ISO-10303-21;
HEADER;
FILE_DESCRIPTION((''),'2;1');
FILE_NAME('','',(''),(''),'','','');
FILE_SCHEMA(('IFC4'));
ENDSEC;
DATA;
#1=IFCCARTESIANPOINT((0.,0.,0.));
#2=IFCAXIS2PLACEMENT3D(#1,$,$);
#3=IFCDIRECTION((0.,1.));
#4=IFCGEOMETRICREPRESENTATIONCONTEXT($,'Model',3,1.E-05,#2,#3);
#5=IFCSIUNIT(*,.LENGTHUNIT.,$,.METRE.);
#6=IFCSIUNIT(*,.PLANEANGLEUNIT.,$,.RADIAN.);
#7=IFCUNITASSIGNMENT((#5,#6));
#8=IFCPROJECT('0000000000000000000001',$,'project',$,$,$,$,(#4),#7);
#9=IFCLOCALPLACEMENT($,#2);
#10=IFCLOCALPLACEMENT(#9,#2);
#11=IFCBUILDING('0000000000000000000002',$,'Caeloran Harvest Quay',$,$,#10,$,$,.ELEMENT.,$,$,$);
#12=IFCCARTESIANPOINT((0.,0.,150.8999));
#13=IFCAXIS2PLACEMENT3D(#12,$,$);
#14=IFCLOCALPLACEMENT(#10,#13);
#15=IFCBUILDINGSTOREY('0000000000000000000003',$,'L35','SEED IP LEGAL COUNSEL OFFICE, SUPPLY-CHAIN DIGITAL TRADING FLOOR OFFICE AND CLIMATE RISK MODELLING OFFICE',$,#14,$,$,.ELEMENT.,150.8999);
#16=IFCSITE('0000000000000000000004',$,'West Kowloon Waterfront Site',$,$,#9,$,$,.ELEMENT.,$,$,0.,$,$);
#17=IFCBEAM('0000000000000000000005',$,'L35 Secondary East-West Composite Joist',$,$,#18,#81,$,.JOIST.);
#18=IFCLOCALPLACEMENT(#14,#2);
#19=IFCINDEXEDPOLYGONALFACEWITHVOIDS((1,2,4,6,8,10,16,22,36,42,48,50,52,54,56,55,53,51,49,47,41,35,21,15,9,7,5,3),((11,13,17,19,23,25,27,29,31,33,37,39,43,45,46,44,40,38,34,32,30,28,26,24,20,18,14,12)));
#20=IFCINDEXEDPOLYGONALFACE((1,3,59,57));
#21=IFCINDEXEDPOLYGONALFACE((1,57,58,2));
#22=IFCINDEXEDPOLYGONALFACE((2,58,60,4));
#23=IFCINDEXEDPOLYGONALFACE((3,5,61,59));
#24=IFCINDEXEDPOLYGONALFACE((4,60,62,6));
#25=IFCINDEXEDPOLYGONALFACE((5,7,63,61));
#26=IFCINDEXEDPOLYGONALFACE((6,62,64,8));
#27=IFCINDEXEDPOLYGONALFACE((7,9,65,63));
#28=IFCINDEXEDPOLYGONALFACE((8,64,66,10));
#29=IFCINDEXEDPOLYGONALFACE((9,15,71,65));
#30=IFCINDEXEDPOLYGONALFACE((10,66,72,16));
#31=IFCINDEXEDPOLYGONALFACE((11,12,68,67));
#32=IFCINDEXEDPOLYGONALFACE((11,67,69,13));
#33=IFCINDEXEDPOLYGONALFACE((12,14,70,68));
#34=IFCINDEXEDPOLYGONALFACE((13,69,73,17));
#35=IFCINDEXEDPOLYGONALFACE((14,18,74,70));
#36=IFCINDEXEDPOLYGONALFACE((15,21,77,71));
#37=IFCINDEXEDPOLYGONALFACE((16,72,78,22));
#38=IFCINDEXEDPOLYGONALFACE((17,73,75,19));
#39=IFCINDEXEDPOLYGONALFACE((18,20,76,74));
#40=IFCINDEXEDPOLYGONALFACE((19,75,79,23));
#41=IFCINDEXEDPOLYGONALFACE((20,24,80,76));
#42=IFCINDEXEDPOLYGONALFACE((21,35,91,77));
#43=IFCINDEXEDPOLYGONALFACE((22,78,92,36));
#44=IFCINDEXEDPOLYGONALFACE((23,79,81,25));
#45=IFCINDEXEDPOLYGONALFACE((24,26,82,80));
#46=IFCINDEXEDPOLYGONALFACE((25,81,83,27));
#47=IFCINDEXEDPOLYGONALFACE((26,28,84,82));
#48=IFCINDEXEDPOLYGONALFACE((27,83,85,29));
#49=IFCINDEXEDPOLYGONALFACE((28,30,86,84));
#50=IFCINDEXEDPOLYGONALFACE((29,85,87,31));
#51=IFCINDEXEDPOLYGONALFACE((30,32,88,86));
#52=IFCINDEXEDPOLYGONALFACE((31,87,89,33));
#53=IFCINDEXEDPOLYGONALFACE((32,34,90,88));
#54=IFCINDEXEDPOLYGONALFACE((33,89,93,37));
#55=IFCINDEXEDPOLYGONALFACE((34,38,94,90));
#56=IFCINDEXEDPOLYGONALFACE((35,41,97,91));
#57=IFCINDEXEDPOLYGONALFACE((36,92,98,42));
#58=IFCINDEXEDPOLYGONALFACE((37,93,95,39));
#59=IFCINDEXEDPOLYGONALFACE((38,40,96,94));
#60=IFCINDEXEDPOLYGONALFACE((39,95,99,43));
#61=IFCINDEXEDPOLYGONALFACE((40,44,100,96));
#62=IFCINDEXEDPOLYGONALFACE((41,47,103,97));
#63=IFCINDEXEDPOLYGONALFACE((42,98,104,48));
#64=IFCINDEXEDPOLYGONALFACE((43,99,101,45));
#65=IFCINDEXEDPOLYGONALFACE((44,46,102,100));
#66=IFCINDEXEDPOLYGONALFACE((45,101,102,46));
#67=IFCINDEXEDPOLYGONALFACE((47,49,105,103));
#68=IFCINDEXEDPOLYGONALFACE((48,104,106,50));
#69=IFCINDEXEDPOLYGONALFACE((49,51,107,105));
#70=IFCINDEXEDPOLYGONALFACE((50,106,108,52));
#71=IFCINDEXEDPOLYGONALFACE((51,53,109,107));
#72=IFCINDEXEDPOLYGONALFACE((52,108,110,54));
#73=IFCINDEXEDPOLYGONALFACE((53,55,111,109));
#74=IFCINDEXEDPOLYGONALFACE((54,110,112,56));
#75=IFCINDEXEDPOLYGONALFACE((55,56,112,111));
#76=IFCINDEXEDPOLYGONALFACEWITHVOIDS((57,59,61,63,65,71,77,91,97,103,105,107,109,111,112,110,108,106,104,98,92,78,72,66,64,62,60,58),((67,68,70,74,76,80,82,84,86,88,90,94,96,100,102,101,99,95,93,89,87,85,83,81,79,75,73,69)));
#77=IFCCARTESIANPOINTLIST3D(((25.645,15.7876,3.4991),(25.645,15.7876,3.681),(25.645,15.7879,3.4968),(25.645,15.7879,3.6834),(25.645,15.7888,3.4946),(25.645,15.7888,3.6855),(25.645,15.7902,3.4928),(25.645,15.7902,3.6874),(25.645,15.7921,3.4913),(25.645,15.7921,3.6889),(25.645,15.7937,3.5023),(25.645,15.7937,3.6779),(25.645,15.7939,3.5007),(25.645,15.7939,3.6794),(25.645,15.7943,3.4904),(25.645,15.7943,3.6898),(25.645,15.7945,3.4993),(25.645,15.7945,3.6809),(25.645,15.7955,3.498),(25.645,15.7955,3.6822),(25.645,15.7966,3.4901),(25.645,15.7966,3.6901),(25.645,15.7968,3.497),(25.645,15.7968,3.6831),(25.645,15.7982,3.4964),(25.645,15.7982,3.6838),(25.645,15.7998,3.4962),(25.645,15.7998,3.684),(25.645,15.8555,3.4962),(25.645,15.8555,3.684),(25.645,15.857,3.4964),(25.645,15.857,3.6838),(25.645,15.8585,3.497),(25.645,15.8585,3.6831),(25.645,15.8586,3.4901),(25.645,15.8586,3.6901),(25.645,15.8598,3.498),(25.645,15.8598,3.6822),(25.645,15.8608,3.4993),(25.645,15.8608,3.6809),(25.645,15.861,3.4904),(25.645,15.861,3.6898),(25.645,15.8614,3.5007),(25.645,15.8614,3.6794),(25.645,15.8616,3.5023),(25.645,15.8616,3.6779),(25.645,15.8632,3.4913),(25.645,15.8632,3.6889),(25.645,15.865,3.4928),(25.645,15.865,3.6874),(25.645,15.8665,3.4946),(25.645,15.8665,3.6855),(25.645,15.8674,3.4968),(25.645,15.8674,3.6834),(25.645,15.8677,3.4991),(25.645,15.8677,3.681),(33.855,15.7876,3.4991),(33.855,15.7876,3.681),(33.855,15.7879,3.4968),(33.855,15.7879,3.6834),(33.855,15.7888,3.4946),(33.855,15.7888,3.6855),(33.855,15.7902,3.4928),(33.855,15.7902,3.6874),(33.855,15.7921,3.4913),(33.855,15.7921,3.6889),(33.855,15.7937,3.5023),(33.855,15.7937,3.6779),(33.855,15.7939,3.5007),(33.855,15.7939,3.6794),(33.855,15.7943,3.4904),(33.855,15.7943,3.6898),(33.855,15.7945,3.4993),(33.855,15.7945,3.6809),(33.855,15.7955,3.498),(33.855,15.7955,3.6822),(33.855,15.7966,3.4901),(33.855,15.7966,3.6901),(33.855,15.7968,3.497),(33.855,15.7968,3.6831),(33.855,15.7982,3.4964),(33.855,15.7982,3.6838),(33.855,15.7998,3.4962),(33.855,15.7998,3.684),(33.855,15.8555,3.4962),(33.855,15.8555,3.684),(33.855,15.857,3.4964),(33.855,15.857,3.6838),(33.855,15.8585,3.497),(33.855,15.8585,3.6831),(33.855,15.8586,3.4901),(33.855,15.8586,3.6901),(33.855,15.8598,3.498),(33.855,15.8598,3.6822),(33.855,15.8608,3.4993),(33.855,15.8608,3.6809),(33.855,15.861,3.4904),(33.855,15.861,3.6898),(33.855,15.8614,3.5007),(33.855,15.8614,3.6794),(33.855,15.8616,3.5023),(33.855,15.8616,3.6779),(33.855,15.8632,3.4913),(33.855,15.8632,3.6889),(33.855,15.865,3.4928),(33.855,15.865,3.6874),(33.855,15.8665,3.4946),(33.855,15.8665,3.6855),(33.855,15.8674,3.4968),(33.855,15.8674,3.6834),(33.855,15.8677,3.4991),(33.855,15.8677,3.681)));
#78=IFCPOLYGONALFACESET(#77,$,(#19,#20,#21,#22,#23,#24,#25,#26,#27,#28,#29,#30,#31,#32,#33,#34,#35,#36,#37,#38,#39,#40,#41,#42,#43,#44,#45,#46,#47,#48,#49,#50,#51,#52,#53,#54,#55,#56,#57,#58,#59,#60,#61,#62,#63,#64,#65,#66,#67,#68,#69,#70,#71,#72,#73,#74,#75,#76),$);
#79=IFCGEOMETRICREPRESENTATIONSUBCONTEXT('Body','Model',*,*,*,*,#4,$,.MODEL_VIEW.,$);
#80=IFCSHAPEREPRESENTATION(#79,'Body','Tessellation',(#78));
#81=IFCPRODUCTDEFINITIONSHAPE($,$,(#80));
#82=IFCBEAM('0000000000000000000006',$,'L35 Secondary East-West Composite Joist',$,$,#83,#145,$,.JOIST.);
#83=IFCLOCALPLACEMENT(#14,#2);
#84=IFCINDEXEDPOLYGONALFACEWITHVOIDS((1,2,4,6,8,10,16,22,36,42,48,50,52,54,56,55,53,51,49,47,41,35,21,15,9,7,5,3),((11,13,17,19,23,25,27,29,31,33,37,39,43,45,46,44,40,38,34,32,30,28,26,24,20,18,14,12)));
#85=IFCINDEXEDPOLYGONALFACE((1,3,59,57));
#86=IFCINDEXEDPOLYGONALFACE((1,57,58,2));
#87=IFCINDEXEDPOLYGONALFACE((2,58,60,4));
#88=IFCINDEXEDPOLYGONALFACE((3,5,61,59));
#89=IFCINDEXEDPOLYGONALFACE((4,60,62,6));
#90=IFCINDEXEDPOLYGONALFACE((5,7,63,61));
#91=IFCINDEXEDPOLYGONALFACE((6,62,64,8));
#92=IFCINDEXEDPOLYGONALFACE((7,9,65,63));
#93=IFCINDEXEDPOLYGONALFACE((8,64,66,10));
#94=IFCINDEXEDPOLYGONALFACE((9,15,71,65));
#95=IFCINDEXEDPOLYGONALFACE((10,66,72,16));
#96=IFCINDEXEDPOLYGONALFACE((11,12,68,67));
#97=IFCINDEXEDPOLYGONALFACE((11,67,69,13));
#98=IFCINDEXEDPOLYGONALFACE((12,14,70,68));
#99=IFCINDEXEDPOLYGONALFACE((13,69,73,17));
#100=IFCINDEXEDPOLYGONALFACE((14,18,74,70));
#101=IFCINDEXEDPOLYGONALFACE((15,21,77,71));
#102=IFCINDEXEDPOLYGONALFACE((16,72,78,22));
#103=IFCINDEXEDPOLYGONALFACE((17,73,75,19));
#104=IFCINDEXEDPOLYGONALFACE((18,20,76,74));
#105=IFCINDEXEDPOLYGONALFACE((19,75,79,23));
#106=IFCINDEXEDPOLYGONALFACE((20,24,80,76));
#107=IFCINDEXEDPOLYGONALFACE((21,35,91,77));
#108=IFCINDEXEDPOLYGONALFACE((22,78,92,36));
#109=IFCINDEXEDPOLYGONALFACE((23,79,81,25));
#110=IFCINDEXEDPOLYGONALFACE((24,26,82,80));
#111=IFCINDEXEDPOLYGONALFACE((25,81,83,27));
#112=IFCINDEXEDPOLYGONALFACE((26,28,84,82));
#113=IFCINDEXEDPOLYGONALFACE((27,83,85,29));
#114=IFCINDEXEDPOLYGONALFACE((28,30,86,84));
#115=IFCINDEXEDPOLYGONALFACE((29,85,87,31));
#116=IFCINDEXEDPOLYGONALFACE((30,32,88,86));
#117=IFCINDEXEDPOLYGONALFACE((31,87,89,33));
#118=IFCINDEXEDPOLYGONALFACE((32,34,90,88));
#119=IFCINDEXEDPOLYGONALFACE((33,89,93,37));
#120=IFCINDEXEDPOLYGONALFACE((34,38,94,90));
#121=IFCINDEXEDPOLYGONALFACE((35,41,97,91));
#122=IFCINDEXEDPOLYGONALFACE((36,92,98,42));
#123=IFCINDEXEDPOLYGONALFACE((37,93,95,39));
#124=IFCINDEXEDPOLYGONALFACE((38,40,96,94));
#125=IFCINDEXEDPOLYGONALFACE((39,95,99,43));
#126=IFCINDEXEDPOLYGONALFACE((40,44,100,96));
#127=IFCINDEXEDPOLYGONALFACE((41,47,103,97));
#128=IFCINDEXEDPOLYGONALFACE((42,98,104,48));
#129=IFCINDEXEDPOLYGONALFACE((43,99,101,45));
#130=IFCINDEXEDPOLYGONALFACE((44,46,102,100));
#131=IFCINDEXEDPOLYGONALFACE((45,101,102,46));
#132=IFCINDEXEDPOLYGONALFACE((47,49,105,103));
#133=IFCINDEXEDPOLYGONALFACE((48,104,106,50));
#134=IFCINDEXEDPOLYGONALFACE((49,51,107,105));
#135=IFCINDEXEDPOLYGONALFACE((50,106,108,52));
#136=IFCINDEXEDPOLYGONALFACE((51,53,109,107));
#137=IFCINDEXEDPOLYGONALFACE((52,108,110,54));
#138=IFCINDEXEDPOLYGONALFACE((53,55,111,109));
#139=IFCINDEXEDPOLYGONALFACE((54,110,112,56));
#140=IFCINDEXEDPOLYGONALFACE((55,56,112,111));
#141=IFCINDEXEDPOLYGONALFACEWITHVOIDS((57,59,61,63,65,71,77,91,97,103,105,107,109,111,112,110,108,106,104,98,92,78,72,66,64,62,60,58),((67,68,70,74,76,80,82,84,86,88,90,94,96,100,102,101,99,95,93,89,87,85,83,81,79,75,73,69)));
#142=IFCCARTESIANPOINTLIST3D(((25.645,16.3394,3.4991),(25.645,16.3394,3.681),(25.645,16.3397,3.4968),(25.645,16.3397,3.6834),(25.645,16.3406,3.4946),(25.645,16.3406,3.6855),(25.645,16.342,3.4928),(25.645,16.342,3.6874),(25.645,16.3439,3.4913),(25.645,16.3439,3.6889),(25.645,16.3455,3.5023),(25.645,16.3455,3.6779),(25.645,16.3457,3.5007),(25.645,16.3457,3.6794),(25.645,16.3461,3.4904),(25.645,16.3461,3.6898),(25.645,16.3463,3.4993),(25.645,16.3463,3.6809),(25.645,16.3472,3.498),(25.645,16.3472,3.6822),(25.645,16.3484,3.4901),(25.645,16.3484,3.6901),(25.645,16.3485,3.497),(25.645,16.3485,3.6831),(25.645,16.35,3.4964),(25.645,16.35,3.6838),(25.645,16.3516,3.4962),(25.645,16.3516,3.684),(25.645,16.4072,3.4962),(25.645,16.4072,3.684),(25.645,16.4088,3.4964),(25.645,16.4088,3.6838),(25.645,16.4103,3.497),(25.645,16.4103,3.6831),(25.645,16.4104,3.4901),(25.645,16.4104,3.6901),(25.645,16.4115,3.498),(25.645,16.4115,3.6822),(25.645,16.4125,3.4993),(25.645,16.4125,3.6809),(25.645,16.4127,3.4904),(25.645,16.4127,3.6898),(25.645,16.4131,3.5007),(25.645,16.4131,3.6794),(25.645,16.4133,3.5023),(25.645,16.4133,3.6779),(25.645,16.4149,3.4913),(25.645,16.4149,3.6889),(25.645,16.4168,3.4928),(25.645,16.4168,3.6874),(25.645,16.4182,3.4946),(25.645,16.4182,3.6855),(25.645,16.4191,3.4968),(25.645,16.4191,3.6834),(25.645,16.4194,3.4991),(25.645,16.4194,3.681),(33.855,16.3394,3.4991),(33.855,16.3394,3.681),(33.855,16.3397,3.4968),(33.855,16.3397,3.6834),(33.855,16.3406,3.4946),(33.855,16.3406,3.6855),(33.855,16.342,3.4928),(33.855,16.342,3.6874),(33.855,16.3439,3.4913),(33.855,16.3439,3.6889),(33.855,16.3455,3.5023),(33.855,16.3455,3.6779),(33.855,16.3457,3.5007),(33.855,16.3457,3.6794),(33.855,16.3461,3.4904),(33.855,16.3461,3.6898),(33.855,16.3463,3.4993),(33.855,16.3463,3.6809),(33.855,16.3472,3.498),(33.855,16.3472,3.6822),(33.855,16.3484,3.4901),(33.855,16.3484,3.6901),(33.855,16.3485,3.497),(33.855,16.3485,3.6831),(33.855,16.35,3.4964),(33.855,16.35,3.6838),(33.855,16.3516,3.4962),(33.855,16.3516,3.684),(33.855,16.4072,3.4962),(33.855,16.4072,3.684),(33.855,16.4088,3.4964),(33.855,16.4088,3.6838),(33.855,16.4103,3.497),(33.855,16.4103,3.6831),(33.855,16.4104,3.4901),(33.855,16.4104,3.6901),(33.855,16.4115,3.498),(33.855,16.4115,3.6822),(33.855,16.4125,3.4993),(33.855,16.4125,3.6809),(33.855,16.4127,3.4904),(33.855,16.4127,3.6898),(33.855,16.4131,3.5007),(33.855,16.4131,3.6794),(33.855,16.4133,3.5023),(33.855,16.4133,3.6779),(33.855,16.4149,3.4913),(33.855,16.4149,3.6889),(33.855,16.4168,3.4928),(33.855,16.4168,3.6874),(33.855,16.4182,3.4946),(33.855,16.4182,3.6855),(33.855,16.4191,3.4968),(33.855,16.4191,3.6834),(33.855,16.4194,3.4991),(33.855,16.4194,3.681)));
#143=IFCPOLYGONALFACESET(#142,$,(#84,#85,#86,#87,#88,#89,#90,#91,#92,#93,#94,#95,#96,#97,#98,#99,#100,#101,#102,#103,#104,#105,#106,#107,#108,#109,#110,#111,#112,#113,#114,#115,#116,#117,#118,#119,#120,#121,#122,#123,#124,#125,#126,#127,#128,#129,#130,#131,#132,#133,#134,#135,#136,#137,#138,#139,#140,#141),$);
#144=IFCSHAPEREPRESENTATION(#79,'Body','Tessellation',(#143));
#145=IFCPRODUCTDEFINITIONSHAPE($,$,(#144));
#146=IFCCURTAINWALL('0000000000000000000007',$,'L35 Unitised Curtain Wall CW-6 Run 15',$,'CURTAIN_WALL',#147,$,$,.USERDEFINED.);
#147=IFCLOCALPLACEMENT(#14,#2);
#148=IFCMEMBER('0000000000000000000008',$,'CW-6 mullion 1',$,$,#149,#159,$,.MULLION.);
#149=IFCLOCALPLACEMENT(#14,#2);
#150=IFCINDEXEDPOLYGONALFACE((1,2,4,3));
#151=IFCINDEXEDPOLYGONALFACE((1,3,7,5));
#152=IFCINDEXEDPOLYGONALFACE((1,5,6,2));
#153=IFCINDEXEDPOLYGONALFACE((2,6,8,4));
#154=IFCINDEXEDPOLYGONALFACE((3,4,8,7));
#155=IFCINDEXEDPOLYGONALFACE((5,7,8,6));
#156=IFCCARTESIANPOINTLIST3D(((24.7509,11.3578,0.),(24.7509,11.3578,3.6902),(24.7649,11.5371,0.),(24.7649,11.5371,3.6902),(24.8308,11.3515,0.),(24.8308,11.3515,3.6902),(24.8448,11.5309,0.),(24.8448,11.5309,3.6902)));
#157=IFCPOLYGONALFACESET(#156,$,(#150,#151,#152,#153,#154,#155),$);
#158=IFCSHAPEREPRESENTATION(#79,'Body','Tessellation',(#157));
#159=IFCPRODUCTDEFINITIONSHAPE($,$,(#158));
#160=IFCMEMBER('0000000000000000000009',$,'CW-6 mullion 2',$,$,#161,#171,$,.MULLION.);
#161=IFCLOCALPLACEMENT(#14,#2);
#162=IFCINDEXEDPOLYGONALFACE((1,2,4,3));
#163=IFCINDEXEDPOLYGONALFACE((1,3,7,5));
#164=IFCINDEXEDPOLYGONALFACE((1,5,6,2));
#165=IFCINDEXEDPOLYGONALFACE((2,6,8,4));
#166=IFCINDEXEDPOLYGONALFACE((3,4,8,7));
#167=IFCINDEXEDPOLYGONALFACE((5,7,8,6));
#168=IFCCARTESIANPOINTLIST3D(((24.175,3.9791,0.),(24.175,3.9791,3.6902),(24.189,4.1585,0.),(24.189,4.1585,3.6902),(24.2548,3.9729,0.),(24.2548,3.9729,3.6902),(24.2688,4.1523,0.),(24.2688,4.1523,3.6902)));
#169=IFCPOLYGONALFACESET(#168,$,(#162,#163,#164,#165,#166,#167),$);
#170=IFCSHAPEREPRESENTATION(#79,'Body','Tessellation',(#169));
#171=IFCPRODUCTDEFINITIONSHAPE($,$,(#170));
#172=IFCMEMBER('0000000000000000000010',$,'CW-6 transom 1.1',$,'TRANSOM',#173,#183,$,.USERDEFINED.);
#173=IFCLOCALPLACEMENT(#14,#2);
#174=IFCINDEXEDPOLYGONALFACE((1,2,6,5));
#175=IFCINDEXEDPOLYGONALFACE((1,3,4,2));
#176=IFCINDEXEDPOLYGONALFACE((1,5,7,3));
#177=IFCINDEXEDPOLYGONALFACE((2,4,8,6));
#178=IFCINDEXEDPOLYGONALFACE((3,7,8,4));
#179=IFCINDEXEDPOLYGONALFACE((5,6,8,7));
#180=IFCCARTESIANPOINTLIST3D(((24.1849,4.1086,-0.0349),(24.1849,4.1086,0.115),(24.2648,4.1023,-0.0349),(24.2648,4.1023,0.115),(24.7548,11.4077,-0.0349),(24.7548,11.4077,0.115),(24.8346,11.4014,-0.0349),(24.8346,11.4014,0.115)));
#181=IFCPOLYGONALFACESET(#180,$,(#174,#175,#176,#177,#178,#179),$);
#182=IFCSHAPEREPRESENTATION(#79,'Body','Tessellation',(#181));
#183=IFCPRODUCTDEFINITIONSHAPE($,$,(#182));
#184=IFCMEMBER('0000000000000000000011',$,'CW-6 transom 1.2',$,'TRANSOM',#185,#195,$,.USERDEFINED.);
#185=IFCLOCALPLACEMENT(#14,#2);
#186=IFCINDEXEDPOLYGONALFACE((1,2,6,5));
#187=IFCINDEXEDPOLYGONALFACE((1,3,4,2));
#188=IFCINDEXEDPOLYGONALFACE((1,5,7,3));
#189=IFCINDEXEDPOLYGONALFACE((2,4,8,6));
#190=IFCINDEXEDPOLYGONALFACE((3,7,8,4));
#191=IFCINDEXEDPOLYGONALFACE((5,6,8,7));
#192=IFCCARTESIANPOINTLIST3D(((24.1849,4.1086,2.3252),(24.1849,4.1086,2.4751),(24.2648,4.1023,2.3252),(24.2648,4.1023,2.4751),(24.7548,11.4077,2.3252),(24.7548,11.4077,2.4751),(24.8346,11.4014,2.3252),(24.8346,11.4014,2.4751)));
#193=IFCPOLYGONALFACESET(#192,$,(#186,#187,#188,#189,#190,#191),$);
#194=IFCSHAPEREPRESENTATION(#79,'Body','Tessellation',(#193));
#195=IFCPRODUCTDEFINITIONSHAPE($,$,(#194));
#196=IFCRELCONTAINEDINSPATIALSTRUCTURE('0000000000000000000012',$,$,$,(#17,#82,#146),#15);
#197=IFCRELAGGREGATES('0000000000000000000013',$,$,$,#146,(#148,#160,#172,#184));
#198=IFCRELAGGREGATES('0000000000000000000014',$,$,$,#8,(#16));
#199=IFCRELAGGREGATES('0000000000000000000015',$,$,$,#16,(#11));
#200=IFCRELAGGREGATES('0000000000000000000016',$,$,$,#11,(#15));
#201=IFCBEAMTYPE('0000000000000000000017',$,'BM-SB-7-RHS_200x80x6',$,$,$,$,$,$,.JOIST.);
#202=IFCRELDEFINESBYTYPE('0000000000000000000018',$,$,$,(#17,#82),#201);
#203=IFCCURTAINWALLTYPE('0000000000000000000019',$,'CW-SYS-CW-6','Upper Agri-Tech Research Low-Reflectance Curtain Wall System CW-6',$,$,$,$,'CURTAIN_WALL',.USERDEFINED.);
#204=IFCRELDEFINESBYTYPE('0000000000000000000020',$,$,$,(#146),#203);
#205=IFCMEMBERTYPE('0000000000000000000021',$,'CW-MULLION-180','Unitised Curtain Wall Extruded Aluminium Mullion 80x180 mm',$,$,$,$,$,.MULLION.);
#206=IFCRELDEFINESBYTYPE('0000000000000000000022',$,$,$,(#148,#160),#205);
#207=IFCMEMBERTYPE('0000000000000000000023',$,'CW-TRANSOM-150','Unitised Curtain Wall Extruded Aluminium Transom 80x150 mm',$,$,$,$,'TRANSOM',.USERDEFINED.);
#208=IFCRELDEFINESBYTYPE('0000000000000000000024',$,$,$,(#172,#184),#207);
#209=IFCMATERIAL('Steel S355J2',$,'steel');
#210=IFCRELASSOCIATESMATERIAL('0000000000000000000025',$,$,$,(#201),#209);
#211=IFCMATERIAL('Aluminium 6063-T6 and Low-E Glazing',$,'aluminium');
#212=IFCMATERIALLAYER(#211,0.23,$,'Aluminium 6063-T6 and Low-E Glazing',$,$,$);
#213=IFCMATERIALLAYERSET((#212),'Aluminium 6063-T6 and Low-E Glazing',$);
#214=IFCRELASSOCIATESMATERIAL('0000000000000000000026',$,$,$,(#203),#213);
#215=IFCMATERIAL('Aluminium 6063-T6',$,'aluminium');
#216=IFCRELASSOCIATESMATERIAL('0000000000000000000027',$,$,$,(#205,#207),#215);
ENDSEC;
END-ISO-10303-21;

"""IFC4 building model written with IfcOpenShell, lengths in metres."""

from ifc_helpers import new_model, si_unit, direction, frame, origin, origin_2d, place, context, subcontext, project, spatial, rectangle, hollow_rectangle, extrude, material, layer, layer_set, material_profile, profile_set, type_object, element, aggregate, save


model = new_model("IFC4")

# Units and contexts
model_context = context("Model", 3, precision=1e-05, world=origin(), true_north=direction((0.0, 1.0)))
body_context = subcontext(model_context, "Body", "Model", "MODEL_VIEW")
ifc_project = project(units=[si_unit("LENGTHUNIT", "METRE"), si_unit("PLANEANGLEUNIT", "RADIAN")], contexts=[model_context])

# Site, building, storey
site_placement = place(None, origin())
site = spatial("IfcSite", under=ifc_project, at=site_placement, Name="West Kowloon Waterfront Site", CompositionType="ELEMENT", RefElevation=0.0)
building_placement = place(site_placement, origin())
building = spatial("IfcBuilding", under=site, at=building_placement, Name="Caeloran Harvest Quay", CompositionType="ELEMENT")
storey_placement = place(building_placement, frame((0.0, 0.0, 150.8999)))
storey = spatial("IfcBuildingStorey", under=building, at=storey_placement, Name="L35", Description="SEED IP LEGAL COUNSEL OFFICE, SUPPLY-CHAIN DIGITAL TRADING FLOOR OFFICE AND CLIMATE RISK MODELLING OFFICE", CompositionType="ELEMENT", Elevation=150.8999)

# Beams
ifc_material_1 = material(Name="Steel S355J2", Category="steel")
ifc_material_profile_1 = material_profile(ifc_material_1, hollow_rectangle(XDim=0.0801, YDim=0.2, WallThickness=0.0061, InnerFilletRadius=0.0061, OuterFilletRadius=0.009, at=origin_2d()), Name="RHS 200x80x6")
ifc_profile_set_1 = profile_set([ifc_material_profile_1], Name="Steel S355J2")
beam_type_1 = type_object("IfcBeamType", Name="BM-SB-7-RHS_200x80x6", PredefinedType="JOIST", material=ifc_profile_set_1)
for number, where, z_axis, x_axis, name in (
    (1, (25.645, 15.8276, 3.5901), (1.0, 0.0, 0.0), (0.0, 1.0, 0.0), "L35 Secondary East-West Composite Joist"),
    (2, (25.645, 16.3794, 3.5901), (1.0, 0.0, 0.0), (0.0, 1.0, 0.0), "L35 Secondary East-West Composite Joist"),
):
    element("IfcBeam", number, at=place(storey_placement, frame(where, z_axis=z_axis, x_axis=x_axis)), inside=storey, type_object=beam_type_1, Name=name, PredefinedType="JOIST", context=body_context, shape_type="SweptSolid", body=[
        extrude(hollow_rectangle(XDim=0.0801, YDim=0.2, WallThickness=0.0061, InnerFilletRadius=0.0061, OuterFilletRadius=0.009, at=origin_2d()), origin(), (0.0, 0.0, 1.0), 8.21),
    ])

# Curtain wall, members
ifc_material_2 = material(Name="Aluminium 6063-T6 and Low-E Glazing", Category="aluminium")
ifc_layer_1 = layer(ifc_material_2, 0.23, Name="Aluminium 6063-T6 and Low-E Glazing")
ifc_layer_set_1 = layer_set([ifc_layer_1], Name="Aluminium 6063-T6 and Low-E Glazing")
curtain_wall_type = type_object("IfcCurtainWallType", Name="CW-SYS-CW-6", Description="Upper Agri-Tech Research Low-Reflectance Curtain Wall System CW-6", ElementType="CURTAIN_WALL", PredefinedType="USERDEFINED", material=ifc_layer_set_1)
curtain_wall_placement = place(storey_placement, origin())
curtain_wall = element("IfcCurtainWall", 3, at=curtain_wall_placement, inside=storey, type_object=curtain_wall_type, Name="L35 Unitised Curtain Wall CW-6 Run 15", ObjectType="CURTAIN_WALL", PredefinedType="USERDEFINED")
ifc_material_3 = material(Name="Aluminium 6063-T6", Category="aluminium")
ifc_material_profile_2 = material_profile(ifc_material_3, rectangle(XDim=0.0801, YDim=0.1799, at=origin_2d()), Name="CW-MULLION-180")
ifc_profile_set_2 = profile_set([ifc_material_profile_2], Name="Aluminium 6063-T6")
member_type_1 = type_object("IfcMemberType", Name="CW-MULLION-180", Description="Unitised Curtain Wall Extruded Aluminium Mullion 80x180 mm", PredefinedType="MULLION", material=ifc_profile_set_2)
member_1_placement = place(storey_placement, frame((24.7979, 11.4443, 0.0), z_axis=(0.0, 0.0, 1.0), x_axis=(0.996967, -0.077822, 0.0)))
member_1 = element("IfcMember", 4, at=member_1_placement, type_object=member_type_1, Name="CW-6 mullion 1", PredefinedType="MULLION", context=body_context, shape_type="SweptSolid", body=[
    extrude(rectangle(XDim=0.0801, YDim=0.1799, at=origin_2d()), origin(), (0.0, 0.0, 1.0), 3.6902),
])
member_2_placement = place(storey_placement, frame((24.2219, 4.0657, 0.0), z_axis=(0.0, 0.0, 1.0), x_axis=(0.996967, -0.077822, 0.0)))
member_2 = element("IfcMember", 5, at=member_2_placement, type_object=member_type_1, Name="CW-6 mullion 2", PredefinedType="MULLION", context=body_context, shape_type="SweptSolid", body=[
    extrude(rectangle(XDim=0.0801, YDim=0.1799, at=origin_2d()), origin(), (0.0, 0.0, 1.0), 3.6902),
])
ifc_material_profile_3 = material_profile(ifc_material_3, rectangle(XDim=0.0801, YDim=0.1499, at=origin_2d()), Name="CW-TRANSOM-150")
ifc_profile_set_3 = profile_set([ifc_material_profile_3], Name="Aluminium 6063-T6")
member_type_2 = type_object("IfcMemberType", Name="CW-TRANSOM-150", Description="Unitised Curtain Wall Extruded Aluminium Transom 80x150 mm", ElementType="TRANSOM", PredefinedType="USERDEFINED", material=ifc_profile_set_3)
member_3_placement = place(storey_placement, frame((24.7947, 11.4045, 0.04), z_axis=(-0.077831, -0.996967, 0.0), x_axis=(0.996967, -0.077831, 0.0)))
member_3 = element("IfcMember", 6, at=member_3_placement, type_object=member_type_2, Name="CW-6 transom 1.1", ObjectType="TRANSOM", PredefinedType="USERDEFINED", context=body_context, shape_type="SweptSolid", body=[
    extrude(rectangle(XDim=0.0801, YDim=0.1499, at=origin_2d()), origin(), (0.0, 0.0, 1.0), 7.3213),
])
member_4_placement = place(storey_placement, frame((24.7947, 11.4045, 2.4001), z_axis=(-0.077831, -0.996967, 0.0), x_axis=(0.996967, -0.077831, 0.0)))
member_4 = element("IfcMember", 7, at=member_4_placement, type_object=member_type_2, Name="CW-6 transom 1.2", ObjectType="TRANSOM", PredefinedType="USERDEFINED", context=body_context, shape_type="SweptSolid", body=[
    extrude(rectangle(XDim=0.0801, YDim=0.1499, at=origin_2d()), origin(), (0.0, 0.0, 1.0), 7.3213),
])
aggregate(curtain_wall, [member_1, member_2, member_3, member_4])

save(model, "model.ifc")
